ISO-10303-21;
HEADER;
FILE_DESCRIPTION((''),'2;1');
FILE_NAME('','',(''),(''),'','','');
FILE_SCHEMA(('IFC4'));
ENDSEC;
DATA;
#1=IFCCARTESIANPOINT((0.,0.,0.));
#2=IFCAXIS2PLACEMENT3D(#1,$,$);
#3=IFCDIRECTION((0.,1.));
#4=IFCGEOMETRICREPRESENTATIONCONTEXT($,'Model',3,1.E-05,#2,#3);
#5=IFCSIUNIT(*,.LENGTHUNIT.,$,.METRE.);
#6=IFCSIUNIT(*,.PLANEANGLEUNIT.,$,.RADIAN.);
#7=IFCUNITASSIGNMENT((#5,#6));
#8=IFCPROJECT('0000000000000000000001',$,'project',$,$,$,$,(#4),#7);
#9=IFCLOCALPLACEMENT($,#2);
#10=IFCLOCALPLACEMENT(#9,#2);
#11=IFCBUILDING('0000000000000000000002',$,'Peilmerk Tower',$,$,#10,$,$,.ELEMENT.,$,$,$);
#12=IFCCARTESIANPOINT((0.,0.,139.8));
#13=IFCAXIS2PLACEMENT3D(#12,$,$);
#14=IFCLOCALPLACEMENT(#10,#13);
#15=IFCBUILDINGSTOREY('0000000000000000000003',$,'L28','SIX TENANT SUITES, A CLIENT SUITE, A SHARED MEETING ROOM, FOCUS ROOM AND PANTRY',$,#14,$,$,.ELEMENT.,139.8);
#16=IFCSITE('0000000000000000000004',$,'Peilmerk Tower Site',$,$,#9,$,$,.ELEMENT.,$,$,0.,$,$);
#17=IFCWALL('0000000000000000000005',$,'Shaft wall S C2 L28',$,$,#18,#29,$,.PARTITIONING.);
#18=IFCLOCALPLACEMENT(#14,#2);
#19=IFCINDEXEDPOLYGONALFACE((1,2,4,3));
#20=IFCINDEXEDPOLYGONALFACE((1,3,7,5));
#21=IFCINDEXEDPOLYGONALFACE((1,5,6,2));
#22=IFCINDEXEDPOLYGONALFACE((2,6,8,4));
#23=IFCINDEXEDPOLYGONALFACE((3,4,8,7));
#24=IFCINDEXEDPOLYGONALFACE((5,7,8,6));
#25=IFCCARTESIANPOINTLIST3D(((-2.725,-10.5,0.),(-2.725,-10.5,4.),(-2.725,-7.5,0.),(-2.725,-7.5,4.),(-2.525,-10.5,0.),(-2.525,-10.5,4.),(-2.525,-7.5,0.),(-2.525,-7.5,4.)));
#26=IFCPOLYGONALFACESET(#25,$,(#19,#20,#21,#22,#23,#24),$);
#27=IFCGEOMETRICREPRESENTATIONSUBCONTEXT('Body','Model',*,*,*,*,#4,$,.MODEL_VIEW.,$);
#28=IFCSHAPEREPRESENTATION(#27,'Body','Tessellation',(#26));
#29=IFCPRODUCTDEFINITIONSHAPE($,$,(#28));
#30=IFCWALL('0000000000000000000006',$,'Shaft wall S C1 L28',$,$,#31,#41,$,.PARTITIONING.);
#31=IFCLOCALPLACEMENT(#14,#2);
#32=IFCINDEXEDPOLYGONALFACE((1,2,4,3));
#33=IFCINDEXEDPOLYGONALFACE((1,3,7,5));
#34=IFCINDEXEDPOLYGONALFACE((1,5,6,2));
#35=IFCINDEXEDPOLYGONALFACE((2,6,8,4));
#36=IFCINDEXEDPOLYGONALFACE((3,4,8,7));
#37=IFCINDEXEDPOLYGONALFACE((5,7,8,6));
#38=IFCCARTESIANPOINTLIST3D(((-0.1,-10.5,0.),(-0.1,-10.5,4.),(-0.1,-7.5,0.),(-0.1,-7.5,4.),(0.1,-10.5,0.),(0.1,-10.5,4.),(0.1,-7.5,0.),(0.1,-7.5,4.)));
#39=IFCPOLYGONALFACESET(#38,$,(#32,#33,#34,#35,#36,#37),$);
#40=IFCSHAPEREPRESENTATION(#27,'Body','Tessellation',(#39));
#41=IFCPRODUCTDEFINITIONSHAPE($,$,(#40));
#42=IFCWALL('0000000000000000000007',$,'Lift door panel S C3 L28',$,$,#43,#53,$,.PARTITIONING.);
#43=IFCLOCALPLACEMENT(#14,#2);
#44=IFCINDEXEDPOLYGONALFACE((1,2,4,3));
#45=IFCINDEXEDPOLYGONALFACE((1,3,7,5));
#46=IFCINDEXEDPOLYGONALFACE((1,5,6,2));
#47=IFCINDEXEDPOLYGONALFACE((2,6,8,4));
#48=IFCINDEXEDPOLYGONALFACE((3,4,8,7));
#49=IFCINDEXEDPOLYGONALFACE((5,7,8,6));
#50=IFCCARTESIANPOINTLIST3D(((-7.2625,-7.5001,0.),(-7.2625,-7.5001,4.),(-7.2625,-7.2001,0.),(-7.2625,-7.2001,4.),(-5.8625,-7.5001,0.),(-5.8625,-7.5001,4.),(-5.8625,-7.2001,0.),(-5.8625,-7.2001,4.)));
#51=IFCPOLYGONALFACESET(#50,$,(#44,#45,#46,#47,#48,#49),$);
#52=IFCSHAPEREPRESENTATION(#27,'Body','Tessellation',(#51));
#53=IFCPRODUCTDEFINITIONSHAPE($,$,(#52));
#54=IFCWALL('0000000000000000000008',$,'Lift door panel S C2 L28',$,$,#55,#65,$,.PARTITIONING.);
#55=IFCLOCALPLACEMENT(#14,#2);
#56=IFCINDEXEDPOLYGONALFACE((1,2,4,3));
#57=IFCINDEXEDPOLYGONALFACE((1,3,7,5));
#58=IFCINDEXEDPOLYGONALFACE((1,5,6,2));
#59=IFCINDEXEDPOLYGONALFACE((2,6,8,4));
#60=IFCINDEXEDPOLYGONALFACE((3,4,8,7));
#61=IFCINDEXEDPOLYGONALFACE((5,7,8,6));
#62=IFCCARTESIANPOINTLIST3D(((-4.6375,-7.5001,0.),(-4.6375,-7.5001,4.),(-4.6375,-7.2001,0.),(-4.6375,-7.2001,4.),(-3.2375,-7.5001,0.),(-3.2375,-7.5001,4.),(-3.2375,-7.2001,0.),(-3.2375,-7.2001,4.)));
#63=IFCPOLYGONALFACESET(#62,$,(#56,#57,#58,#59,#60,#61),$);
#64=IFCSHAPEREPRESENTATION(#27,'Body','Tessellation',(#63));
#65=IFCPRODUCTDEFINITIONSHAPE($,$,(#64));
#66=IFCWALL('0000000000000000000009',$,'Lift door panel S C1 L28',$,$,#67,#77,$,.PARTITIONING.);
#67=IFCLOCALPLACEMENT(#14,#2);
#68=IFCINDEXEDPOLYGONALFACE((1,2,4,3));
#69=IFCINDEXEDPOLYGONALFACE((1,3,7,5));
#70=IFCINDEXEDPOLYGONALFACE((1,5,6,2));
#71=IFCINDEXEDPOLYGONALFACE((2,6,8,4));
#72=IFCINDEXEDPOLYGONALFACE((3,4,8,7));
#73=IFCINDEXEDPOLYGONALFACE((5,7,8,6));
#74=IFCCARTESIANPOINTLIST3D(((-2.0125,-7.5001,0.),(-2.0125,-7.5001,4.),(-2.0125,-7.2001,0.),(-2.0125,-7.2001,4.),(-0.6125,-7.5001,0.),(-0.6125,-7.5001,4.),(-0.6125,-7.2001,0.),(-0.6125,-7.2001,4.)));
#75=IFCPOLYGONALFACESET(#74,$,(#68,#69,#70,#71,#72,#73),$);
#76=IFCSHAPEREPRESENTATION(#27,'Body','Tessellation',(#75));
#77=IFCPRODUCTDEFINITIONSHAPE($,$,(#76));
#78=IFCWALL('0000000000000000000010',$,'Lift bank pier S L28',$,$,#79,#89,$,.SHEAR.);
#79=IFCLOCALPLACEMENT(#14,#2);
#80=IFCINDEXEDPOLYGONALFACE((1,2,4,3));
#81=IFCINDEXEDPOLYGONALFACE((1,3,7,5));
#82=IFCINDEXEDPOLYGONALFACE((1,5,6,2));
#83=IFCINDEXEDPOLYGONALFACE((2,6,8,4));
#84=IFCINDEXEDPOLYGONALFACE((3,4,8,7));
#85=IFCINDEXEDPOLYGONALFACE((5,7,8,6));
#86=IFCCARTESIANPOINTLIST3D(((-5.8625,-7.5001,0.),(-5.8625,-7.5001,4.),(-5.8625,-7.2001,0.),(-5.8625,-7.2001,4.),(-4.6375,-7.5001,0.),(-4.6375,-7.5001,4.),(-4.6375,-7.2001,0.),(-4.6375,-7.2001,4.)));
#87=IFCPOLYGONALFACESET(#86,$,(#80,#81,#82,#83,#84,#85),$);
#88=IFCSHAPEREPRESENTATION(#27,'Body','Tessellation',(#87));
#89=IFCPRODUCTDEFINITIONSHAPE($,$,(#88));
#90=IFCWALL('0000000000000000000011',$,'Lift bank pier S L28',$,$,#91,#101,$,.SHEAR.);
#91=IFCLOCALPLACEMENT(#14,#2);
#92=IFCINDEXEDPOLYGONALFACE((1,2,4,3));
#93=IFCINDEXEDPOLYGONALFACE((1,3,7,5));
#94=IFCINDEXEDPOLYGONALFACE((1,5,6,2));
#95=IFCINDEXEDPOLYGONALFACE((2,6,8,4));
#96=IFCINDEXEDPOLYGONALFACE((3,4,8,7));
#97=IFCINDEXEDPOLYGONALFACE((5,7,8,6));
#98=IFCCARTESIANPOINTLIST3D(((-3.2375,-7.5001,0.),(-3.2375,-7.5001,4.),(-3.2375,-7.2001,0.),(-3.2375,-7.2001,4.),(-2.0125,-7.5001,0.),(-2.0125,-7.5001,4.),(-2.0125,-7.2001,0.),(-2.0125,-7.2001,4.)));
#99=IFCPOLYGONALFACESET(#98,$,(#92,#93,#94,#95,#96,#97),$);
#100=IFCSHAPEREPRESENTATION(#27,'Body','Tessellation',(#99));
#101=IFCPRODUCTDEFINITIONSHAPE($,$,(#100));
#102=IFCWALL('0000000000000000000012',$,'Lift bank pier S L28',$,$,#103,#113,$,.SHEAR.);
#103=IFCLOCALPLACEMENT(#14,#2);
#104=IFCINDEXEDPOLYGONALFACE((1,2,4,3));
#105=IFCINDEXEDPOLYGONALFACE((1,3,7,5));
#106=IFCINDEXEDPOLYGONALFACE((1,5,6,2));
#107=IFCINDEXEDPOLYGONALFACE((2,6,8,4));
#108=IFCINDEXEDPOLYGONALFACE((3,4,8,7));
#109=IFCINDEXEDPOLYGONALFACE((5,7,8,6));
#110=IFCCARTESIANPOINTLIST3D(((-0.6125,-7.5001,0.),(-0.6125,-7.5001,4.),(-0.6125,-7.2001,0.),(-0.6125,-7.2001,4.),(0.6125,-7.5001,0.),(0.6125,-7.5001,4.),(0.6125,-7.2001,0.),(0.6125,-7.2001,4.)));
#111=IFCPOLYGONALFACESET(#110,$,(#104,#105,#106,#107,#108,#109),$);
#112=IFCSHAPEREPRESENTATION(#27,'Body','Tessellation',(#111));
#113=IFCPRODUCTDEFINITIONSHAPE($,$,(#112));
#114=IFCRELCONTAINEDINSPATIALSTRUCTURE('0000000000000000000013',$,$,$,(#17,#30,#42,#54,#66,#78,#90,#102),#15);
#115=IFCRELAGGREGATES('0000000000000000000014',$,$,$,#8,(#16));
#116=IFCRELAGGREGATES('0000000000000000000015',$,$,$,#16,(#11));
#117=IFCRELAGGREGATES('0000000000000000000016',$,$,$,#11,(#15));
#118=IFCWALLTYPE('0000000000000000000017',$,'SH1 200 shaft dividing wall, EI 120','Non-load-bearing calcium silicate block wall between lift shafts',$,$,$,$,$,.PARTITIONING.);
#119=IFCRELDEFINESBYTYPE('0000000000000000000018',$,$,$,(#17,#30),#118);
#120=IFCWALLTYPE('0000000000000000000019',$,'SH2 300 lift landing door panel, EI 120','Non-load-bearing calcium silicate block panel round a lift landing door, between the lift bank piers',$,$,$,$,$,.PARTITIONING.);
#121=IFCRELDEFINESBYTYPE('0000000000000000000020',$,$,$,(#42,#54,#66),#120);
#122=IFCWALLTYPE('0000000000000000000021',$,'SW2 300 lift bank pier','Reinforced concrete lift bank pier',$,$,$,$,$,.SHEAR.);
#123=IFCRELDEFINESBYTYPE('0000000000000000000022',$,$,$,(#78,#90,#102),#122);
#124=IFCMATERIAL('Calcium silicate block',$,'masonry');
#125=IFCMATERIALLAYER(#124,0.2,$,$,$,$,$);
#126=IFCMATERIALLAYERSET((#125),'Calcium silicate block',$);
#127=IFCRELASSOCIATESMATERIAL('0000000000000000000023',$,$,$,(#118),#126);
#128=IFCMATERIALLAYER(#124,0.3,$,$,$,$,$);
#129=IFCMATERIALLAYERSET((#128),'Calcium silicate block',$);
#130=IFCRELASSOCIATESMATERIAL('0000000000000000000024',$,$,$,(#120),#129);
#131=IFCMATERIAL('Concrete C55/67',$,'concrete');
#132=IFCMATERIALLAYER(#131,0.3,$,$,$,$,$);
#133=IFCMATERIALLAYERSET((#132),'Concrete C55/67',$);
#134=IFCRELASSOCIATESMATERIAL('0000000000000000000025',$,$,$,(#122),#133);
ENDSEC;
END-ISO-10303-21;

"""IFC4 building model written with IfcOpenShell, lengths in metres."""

from ifc_helpers import new_model, si_unit, direction, frame, frame_2d, origin, place, context, subcontext, project, spatial, rectangle, extrude, material, layer, layer_set, type_object, element, save


model = new_model("IFC4")

# Units and contexts
model_context = context("Model", 3, precision=1e-05, world=origin(), true_north=direction((0.0, 1.0)))
body_context = subcontext(model_context, "Body", "Model", "MODEL_VIEW")
ifc_project = project(units=[si_unit("LENGTHUNIT", "METRE"), si_unit("PLANEANGLEUNIT", "RADIAN")], contexts=[model_context])

# Site, building, storey
site_placement = place(None, origin())
site = spatial("IfcSite", under=ifc_project, at=site_placement, Name="Peilmerk Tower Site", CompositionType="ELEMENT", RefElevation=0.0)
building_placement = place(site_placement, origin())
building = spatial("IfcBuilding", under=site, at=building_placement, Name="Peilmerk Tower", CompositionType="ELEMENT")
storey_placement = place(building_placement, frame((0.0, 0.0, 139.8)))
storey = spatial("IfcBuildingStorey", under=building, at=storey_placement, Name="L28", Description="SIX TENANT SUITES, A CLIENT SUITE, A SHARED MEETING ROOM, FOCUS ROOM AND PANTRY", CompositionType="ELEMENT", Elevation=139.8)

# Walls
ifc_material_1 = material(Name="Calcium silicate block", Category="masonry")
ifc_layer_1 = layer(ifc_material_1, 0.2)
ifc_layer_set_1 = layer_set([ifc_layer_1], Name="Calcium silicate block")
wall_type_1 = type_object("IfcWallType", Name="SH1 200 shaft dividing wall, EI 120", Description="Non-load-bearing calcium silicate block wall between lift shafts", PredefinedType="PARTITIONING", material=ifc_layer_set_1)
for number, where, z_axis, x_axis, name in (
    (1, (-2.625, -10.5, 0.0), (0.0, 0.0, 1.0), (0.0, 1.0, 0.0), "Shaft wall S C2 L28"),
    (2, (0.0, -10.5, 0.0), (0.0, 0.0, 1.0), (0.0, 1.0, 0.0), "Shaft wall S C1 L28"),
):
    element("IfcWall", number, at=place(storey_placement, frame(where, z_axis=z_axis, x_axis=x_axis)), inside=storey, type_object=wall_type_1, Name=name, PredefinedType="PARTITIONING", context=body_context, shape_type="SweptSolid", body=[
        extrude(rectangle(XDim=3.0, YDim=0.2, at=frame_2d((1.5, 0.0))), origin(), (0.0, 0.0, 1.0), 4.0),
    ])
ifc_layer_2 = layer(ifc_material_1, 0.3)
ifc_layer_set_2 = layer_set([ifc_layer_2], Name="Calcium silicate block")
wall_type_2 = type_object("IfcWallType", Name="SH2 300 lift landing door panel, EI 120", Description="Non-load-bearing calcium silicate block panel round a lift landing door, between the lift bank piers", PredefinedType="PARTITIONING", material=ifc_layer_set_2)
for number, where, z_axis, x_axis, name in (
    (3, (-7.2625, -7.3501, 0.0), (0.0, 0.0, 1.0), (1.0, 0.0, 0.0), "Lift door panel S C3 L28"),
    (4, (-4.6375, -7.3501, 0.0), (0.0, 0.0, 1.0), (1.0, 0.0, 0.0), "Lift door panel S C2 L28"),
    (5, (-2.0125, -7.3501, 0.0), (0.0, 0.0, 1.0), (1.0, 0.0, 0.0), "Lift door panel S C1 L28"),
):
    element("IfcWall", number, at=place(storey_placement, frame(where, z_axis=z_axis, x_axis=x_axis)), inside=storey, type_object=wall_type_2, Name=name, PredefinedType="PARTITIONING", context=body_context, shape_type="SweptSolid", body=[
        extrude(rectangle(XDim=1.3999, YDim=0.3, at=frame_2d((0.7, 0.0))), origin(), (0.0, 0.0, 1.0), 4.0),
    ])
ifc_material_2 = material(Name="Concrete C55/67", Category="concrete")
ifc_layer_3 = layer(ifc_material_2, 0.3)
ifc_layer_set_3 = layer_set([ifc_layer_3], Name="Concrete C55/67")
wall_type_3 = type_object("IfcWallType", Name="SW2 300 lift bank pier", Description="Reinforced concrete lift bank pier", PredefinedType="SHEAR", material=ifc_layer_set_3)
for number, where, z_axis, x_axis, name in (
    (6, (-5.8625, -7.3501, 0.0), (0.0, 0.0, 1.0), (1.0, 0.0, 0.0), "Lift bank pier S L28"),
    (7, (-3.2375, -7.3501, 0.0), (0.0, 0.0, 1.0), (1.0, 0.0, 0.0), "Lift bank pier S L28"),
    (8, (-0.6125, -7.3501, 0.0), (0.0, 0.0, 1.0), (1.0, 0.0, 0.0), "Lift bank pier S L28"),
):
    element("IfcWall", number, at=place(storey_placement, frame(where, z_axis=z_axis, x_axis=x_axis)), inside=storey, type_object=wall_type_3, Name=name, PredefinedType="SHEAR", context=body_context, shape_type="SweptSolid", body=[
        extrude(rectangle(XDim=1.2251, YDim=0.3, at=frame_2d((0.6125, 0.0))), origin(), (0.0, 0.0, 1.0), 4.0),
    ])

save(model, "model.ifc")
